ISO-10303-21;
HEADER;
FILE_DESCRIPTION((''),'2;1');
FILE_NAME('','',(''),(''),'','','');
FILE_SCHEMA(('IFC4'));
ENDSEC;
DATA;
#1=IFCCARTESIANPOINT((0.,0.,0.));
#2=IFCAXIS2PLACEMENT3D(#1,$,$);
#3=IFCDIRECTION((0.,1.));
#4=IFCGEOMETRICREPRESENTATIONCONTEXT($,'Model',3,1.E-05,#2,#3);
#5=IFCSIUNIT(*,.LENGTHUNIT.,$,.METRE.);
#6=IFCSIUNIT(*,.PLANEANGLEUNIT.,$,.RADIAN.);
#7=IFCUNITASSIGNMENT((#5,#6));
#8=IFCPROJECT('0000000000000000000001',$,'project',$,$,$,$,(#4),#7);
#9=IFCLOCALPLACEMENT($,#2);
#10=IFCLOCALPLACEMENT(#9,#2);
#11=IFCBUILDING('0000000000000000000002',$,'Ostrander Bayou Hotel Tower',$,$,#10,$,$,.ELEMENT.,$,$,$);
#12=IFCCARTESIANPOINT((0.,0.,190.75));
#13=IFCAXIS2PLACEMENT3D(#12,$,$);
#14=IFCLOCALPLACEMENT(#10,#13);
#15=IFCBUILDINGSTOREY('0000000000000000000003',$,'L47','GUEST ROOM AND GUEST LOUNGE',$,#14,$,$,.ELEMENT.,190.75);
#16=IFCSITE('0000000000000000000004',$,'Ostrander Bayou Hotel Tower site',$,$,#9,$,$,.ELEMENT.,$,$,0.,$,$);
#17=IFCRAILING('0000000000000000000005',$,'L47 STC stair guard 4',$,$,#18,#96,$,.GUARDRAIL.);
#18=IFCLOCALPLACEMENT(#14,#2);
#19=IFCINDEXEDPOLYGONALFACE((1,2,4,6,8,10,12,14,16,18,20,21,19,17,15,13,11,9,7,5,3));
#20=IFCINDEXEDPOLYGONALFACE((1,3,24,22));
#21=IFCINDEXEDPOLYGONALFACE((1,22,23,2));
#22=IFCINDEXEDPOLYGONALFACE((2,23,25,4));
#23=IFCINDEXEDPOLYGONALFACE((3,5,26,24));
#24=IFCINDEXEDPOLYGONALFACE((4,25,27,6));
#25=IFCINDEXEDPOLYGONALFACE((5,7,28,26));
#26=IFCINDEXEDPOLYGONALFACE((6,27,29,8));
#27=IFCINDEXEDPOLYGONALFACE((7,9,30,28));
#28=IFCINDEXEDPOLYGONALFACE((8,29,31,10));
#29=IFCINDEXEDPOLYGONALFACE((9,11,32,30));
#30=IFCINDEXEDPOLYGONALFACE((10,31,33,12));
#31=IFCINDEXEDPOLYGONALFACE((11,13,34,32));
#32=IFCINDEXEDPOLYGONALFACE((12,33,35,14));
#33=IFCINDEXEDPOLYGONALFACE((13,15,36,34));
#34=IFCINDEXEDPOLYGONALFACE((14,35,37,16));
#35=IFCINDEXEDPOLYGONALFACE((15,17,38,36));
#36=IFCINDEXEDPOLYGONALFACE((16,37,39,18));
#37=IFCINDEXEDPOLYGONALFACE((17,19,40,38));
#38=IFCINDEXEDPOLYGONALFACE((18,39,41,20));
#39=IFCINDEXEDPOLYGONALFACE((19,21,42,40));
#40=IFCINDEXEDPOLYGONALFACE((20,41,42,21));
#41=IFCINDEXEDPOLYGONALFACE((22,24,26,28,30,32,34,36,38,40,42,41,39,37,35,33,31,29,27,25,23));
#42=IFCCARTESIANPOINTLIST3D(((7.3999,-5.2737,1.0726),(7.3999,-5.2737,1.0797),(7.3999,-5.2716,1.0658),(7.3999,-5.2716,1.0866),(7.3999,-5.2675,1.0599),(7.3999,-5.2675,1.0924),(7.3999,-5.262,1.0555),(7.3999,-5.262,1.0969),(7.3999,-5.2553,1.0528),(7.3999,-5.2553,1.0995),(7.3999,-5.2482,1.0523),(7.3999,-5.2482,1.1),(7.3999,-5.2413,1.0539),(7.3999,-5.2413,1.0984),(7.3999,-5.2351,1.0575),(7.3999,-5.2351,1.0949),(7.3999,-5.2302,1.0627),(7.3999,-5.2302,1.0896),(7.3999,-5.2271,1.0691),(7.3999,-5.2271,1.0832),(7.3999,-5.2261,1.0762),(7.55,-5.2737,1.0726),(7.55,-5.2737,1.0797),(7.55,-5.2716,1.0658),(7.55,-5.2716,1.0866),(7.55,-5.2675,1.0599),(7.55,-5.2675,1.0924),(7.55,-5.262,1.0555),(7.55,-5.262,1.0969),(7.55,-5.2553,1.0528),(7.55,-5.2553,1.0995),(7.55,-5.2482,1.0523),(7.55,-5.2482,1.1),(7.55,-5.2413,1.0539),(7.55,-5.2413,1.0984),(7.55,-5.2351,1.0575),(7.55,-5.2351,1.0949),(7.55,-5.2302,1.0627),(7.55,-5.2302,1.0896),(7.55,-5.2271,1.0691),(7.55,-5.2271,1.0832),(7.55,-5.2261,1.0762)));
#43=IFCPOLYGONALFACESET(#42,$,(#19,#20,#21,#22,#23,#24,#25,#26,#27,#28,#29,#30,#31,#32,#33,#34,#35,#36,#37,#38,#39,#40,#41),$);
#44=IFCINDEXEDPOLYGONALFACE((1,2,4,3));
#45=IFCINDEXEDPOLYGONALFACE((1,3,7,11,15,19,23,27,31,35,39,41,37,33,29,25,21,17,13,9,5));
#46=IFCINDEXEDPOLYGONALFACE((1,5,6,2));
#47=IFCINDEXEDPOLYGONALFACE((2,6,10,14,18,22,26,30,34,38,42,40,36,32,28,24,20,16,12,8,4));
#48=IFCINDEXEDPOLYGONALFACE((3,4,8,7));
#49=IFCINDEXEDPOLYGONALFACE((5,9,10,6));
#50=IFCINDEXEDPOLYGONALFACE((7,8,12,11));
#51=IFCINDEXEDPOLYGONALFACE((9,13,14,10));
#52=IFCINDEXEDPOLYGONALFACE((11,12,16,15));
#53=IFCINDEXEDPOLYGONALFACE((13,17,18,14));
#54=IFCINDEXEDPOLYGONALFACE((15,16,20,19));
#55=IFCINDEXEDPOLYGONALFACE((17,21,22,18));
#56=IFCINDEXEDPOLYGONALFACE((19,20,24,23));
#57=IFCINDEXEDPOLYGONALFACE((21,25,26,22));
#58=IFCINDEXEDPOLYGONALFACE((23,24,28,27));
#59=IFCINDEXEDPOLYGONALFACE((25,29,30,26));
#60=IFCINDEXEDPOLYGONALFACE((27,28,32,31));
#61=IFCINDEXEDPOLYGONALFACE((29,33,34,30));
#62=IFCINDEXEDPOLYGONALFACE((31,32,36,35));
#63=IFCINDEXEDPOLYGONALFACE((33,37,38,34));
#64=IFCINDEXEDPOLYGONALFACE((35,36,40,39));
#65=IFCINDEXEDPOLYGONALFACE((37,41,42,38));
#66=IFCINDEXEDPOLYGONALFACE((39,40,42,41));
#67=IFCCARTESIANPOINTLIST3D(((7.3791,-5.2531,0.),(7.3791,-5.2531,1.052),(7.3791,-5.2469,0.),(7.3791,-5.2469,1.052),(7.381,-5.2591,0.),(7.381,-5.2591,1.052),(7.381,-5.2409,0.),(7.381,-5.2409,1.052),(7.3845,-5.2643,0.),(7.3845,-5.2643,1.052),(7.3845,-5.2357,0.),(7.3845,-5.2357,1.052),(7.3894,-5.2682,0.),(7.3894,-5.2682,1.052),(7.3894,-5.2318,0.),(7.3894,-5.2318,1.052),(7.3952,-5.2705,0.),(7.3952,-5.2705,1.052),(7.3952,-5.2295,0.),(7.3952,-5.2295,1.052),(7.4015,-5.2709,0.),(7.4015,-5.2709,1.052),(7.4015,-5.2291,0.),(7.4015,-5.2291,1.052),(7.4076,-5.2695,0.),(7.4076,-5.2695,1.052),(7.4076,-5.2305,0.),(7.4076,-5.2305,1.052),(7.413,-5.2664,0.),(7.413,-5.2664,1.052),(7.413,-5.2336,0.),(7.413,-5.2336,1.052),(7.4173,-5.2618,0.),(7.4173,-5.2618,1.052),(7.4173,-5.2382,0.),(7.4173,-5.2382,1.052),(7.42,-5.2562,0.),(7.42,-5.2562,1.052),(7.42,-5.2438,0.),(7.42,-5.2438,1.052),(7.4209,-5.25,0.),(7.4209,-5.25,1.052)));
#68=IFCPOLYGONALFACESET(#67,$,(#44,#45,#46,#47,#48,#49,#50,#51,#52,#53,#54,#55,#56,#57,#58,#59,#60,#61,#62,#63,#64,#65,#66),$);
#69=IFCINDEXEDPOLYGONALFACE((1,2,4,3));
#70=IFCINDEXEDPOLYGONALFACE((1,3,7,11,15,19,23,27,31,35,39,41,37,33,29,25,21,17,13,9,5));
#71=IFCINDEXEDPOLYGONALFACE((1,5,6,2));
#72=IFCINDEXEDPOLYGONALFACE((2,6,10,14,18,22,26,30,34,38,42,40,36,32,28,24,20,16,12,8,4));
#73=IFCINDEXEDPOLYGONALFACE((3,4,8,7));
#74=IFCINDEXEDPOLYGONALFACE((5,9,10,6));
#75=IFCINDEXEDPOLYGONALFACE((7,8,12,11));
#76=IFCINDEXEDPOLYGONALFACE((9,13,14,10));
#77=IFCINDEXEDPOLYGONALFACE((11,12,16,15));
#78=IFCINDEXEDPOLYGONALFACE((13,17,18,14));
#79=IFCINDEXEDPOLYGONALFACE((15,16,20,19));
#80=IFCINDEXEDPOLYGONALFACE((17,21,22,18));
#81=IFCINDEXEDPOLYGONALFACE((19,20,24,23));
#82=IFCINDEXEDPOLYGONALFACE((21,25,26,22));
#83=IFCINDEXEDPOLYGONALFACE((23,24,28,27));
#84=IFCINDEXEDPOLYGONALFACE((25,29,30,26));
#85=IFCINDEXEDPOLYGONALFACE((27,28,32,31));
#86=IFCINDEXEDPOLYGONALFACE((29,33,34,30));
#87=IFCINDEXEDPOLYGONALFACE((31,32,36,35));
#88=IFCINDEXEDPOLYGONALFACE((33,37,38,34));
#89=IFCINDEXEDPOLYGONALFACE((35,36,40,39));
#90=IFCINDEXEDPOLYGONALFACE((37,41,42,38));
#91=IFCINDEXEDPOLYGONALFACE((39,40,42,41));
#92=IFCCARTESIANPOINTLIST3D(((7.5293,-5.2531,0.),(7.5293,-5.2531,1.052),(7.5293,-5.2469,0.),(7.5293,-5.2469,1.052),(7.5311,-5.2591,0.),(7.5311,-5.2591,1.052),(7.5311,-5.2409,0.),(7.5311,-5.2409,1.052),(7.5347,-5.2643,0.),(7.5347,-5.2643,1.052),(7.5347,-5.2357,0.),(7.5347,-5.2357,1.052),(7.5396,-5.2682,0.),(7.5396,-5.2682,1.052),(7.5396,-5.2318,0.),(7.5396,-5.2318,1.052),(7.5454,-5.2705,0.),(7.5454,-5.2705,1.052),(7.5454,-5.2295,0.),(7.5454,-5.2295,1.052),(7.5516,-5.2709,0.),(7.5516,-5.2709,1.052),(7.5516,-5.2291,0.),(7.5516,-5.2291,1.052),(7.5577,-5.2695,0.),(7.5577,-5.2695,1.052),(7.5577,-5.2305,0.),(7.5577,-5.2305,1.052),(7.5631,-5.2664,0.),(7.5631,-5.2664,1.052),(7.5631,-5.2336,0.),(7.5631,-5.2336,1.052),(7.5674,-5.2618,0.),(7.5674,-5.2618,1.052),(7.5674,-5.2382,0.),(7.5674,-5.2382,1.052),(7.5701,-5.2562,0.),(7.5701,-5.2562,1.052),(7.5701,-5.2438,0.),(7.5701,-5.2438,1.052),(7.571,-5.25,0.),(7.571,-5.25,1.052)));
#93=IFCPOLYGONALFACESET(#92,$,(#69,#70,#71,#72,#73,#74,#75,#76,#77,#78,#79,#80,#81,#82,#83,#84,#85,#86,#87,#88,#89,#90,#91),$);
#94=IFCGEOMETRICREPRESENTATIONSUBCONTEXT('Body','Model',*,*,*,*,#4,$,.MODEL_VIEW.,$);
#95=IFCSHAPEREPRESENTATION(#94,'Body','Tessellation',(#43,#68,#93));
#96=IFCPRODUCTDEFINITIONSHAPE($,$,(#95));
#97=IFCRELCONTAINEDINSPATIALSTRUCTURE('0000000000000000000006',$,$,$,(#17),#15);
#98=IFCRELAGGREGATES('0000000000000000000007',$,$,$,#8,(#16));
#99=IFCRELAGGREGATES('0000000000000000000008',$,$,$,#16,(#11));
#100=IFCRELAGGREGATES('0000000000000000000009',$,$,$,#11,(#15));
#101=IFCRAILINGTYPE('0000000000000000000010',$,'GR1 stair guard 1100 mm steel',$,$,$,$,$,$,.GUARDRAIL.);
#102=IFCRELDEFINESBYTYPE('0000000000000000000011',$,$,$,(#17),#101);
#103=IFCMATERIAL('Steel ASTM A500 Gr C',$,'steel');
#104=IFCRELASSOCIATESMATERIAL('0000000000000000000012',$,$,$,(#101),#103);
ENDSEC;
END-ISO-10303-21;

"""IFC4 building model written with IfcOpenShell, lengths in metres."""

from ifc_helpers import new_model, si_unit, direction, frame, origin, origin_2d, place, context, subcontext, project, spatial, circle, extrude, material, type_object, element, save


model = new_model("IFC4")

# Units and contexts
model_context = context("Model", 3, precision=1e-05, world=origin(), true_north=direction((0.0, 1.0)))
body_context = subcontext(model_context, "Body", "Model", "MODEL_VIEW")
ifc_project = project(units=[si_unit("LENGTHUNIT", "METRE"), si_unit("PLANEANGLEUNIT", "RADIAN")], contexts=[model_context])

# Site, building, storey
site_placement = place(None, origin())
site = spatial("IfcSite", under=ifc_project, at=site_placement, Name="Ostrander Bayou Hotel Tower site", CompositionType="ELEMENT", RefElevation=0.0)
building_placement = place(site_placement, origin())
building = spatial("IfcBuilding", under=site, at=building_placement, Name="Ostrander Bayou Hotel Tower", CompositionType="ELEMENT")
storey_placement = place(building_placement, frame((0.0, 0.0, 190.75)))
storey = spatial("IfcBuildingStorey", under=building, at=storey_placement, Name="L47", Description="GUEST ROOM AND GUEST LOUNGE", CompositionType="ELEMENT", Elevation=190.75)

# Railing
ifc_material_1 = material(Name="Steel ASTM A500 Gr C", Category="steel")
railing_type_1 = type_object("IfcRailingType", Name="GR1 stair guard 1100 mm steel", PredefinedType="GUARDRAIL", material=ifc_material_1)
railing_1_placement = place(storey_placement, frame((7.3999, -5.25, 0.0)))
element("IfcRailing", 1, at=railing_1_placement, inside=storey, type_object=railing_type_1, Name="L47 STC stair guard 4", PredefinedType="GUARDRAIL", context=body_context, shape_type="SweptSolid", body=[
    extrude(circle(Radius=0.0239, at=origin_2d()), frame((0.0, 0.0, 1.0762), z_axis=(1.0, 0.0, 0.0), x_axis=(0.0, 1.0, 0.0)), (0.0, 0.0, 1.0), 0.1501),
    extrude(circle(Radius=0.021, at=origin_2d()), origin(), (0.0, 0.0, 1.0), 1.052),
    extrude(circle(Radius=0.021, at=origin_2d()), frame((0.1501, 0.0, 0.0)), (0.0, 0.0, 1.0), 1.052),
])

save(model, "model.ifc")
